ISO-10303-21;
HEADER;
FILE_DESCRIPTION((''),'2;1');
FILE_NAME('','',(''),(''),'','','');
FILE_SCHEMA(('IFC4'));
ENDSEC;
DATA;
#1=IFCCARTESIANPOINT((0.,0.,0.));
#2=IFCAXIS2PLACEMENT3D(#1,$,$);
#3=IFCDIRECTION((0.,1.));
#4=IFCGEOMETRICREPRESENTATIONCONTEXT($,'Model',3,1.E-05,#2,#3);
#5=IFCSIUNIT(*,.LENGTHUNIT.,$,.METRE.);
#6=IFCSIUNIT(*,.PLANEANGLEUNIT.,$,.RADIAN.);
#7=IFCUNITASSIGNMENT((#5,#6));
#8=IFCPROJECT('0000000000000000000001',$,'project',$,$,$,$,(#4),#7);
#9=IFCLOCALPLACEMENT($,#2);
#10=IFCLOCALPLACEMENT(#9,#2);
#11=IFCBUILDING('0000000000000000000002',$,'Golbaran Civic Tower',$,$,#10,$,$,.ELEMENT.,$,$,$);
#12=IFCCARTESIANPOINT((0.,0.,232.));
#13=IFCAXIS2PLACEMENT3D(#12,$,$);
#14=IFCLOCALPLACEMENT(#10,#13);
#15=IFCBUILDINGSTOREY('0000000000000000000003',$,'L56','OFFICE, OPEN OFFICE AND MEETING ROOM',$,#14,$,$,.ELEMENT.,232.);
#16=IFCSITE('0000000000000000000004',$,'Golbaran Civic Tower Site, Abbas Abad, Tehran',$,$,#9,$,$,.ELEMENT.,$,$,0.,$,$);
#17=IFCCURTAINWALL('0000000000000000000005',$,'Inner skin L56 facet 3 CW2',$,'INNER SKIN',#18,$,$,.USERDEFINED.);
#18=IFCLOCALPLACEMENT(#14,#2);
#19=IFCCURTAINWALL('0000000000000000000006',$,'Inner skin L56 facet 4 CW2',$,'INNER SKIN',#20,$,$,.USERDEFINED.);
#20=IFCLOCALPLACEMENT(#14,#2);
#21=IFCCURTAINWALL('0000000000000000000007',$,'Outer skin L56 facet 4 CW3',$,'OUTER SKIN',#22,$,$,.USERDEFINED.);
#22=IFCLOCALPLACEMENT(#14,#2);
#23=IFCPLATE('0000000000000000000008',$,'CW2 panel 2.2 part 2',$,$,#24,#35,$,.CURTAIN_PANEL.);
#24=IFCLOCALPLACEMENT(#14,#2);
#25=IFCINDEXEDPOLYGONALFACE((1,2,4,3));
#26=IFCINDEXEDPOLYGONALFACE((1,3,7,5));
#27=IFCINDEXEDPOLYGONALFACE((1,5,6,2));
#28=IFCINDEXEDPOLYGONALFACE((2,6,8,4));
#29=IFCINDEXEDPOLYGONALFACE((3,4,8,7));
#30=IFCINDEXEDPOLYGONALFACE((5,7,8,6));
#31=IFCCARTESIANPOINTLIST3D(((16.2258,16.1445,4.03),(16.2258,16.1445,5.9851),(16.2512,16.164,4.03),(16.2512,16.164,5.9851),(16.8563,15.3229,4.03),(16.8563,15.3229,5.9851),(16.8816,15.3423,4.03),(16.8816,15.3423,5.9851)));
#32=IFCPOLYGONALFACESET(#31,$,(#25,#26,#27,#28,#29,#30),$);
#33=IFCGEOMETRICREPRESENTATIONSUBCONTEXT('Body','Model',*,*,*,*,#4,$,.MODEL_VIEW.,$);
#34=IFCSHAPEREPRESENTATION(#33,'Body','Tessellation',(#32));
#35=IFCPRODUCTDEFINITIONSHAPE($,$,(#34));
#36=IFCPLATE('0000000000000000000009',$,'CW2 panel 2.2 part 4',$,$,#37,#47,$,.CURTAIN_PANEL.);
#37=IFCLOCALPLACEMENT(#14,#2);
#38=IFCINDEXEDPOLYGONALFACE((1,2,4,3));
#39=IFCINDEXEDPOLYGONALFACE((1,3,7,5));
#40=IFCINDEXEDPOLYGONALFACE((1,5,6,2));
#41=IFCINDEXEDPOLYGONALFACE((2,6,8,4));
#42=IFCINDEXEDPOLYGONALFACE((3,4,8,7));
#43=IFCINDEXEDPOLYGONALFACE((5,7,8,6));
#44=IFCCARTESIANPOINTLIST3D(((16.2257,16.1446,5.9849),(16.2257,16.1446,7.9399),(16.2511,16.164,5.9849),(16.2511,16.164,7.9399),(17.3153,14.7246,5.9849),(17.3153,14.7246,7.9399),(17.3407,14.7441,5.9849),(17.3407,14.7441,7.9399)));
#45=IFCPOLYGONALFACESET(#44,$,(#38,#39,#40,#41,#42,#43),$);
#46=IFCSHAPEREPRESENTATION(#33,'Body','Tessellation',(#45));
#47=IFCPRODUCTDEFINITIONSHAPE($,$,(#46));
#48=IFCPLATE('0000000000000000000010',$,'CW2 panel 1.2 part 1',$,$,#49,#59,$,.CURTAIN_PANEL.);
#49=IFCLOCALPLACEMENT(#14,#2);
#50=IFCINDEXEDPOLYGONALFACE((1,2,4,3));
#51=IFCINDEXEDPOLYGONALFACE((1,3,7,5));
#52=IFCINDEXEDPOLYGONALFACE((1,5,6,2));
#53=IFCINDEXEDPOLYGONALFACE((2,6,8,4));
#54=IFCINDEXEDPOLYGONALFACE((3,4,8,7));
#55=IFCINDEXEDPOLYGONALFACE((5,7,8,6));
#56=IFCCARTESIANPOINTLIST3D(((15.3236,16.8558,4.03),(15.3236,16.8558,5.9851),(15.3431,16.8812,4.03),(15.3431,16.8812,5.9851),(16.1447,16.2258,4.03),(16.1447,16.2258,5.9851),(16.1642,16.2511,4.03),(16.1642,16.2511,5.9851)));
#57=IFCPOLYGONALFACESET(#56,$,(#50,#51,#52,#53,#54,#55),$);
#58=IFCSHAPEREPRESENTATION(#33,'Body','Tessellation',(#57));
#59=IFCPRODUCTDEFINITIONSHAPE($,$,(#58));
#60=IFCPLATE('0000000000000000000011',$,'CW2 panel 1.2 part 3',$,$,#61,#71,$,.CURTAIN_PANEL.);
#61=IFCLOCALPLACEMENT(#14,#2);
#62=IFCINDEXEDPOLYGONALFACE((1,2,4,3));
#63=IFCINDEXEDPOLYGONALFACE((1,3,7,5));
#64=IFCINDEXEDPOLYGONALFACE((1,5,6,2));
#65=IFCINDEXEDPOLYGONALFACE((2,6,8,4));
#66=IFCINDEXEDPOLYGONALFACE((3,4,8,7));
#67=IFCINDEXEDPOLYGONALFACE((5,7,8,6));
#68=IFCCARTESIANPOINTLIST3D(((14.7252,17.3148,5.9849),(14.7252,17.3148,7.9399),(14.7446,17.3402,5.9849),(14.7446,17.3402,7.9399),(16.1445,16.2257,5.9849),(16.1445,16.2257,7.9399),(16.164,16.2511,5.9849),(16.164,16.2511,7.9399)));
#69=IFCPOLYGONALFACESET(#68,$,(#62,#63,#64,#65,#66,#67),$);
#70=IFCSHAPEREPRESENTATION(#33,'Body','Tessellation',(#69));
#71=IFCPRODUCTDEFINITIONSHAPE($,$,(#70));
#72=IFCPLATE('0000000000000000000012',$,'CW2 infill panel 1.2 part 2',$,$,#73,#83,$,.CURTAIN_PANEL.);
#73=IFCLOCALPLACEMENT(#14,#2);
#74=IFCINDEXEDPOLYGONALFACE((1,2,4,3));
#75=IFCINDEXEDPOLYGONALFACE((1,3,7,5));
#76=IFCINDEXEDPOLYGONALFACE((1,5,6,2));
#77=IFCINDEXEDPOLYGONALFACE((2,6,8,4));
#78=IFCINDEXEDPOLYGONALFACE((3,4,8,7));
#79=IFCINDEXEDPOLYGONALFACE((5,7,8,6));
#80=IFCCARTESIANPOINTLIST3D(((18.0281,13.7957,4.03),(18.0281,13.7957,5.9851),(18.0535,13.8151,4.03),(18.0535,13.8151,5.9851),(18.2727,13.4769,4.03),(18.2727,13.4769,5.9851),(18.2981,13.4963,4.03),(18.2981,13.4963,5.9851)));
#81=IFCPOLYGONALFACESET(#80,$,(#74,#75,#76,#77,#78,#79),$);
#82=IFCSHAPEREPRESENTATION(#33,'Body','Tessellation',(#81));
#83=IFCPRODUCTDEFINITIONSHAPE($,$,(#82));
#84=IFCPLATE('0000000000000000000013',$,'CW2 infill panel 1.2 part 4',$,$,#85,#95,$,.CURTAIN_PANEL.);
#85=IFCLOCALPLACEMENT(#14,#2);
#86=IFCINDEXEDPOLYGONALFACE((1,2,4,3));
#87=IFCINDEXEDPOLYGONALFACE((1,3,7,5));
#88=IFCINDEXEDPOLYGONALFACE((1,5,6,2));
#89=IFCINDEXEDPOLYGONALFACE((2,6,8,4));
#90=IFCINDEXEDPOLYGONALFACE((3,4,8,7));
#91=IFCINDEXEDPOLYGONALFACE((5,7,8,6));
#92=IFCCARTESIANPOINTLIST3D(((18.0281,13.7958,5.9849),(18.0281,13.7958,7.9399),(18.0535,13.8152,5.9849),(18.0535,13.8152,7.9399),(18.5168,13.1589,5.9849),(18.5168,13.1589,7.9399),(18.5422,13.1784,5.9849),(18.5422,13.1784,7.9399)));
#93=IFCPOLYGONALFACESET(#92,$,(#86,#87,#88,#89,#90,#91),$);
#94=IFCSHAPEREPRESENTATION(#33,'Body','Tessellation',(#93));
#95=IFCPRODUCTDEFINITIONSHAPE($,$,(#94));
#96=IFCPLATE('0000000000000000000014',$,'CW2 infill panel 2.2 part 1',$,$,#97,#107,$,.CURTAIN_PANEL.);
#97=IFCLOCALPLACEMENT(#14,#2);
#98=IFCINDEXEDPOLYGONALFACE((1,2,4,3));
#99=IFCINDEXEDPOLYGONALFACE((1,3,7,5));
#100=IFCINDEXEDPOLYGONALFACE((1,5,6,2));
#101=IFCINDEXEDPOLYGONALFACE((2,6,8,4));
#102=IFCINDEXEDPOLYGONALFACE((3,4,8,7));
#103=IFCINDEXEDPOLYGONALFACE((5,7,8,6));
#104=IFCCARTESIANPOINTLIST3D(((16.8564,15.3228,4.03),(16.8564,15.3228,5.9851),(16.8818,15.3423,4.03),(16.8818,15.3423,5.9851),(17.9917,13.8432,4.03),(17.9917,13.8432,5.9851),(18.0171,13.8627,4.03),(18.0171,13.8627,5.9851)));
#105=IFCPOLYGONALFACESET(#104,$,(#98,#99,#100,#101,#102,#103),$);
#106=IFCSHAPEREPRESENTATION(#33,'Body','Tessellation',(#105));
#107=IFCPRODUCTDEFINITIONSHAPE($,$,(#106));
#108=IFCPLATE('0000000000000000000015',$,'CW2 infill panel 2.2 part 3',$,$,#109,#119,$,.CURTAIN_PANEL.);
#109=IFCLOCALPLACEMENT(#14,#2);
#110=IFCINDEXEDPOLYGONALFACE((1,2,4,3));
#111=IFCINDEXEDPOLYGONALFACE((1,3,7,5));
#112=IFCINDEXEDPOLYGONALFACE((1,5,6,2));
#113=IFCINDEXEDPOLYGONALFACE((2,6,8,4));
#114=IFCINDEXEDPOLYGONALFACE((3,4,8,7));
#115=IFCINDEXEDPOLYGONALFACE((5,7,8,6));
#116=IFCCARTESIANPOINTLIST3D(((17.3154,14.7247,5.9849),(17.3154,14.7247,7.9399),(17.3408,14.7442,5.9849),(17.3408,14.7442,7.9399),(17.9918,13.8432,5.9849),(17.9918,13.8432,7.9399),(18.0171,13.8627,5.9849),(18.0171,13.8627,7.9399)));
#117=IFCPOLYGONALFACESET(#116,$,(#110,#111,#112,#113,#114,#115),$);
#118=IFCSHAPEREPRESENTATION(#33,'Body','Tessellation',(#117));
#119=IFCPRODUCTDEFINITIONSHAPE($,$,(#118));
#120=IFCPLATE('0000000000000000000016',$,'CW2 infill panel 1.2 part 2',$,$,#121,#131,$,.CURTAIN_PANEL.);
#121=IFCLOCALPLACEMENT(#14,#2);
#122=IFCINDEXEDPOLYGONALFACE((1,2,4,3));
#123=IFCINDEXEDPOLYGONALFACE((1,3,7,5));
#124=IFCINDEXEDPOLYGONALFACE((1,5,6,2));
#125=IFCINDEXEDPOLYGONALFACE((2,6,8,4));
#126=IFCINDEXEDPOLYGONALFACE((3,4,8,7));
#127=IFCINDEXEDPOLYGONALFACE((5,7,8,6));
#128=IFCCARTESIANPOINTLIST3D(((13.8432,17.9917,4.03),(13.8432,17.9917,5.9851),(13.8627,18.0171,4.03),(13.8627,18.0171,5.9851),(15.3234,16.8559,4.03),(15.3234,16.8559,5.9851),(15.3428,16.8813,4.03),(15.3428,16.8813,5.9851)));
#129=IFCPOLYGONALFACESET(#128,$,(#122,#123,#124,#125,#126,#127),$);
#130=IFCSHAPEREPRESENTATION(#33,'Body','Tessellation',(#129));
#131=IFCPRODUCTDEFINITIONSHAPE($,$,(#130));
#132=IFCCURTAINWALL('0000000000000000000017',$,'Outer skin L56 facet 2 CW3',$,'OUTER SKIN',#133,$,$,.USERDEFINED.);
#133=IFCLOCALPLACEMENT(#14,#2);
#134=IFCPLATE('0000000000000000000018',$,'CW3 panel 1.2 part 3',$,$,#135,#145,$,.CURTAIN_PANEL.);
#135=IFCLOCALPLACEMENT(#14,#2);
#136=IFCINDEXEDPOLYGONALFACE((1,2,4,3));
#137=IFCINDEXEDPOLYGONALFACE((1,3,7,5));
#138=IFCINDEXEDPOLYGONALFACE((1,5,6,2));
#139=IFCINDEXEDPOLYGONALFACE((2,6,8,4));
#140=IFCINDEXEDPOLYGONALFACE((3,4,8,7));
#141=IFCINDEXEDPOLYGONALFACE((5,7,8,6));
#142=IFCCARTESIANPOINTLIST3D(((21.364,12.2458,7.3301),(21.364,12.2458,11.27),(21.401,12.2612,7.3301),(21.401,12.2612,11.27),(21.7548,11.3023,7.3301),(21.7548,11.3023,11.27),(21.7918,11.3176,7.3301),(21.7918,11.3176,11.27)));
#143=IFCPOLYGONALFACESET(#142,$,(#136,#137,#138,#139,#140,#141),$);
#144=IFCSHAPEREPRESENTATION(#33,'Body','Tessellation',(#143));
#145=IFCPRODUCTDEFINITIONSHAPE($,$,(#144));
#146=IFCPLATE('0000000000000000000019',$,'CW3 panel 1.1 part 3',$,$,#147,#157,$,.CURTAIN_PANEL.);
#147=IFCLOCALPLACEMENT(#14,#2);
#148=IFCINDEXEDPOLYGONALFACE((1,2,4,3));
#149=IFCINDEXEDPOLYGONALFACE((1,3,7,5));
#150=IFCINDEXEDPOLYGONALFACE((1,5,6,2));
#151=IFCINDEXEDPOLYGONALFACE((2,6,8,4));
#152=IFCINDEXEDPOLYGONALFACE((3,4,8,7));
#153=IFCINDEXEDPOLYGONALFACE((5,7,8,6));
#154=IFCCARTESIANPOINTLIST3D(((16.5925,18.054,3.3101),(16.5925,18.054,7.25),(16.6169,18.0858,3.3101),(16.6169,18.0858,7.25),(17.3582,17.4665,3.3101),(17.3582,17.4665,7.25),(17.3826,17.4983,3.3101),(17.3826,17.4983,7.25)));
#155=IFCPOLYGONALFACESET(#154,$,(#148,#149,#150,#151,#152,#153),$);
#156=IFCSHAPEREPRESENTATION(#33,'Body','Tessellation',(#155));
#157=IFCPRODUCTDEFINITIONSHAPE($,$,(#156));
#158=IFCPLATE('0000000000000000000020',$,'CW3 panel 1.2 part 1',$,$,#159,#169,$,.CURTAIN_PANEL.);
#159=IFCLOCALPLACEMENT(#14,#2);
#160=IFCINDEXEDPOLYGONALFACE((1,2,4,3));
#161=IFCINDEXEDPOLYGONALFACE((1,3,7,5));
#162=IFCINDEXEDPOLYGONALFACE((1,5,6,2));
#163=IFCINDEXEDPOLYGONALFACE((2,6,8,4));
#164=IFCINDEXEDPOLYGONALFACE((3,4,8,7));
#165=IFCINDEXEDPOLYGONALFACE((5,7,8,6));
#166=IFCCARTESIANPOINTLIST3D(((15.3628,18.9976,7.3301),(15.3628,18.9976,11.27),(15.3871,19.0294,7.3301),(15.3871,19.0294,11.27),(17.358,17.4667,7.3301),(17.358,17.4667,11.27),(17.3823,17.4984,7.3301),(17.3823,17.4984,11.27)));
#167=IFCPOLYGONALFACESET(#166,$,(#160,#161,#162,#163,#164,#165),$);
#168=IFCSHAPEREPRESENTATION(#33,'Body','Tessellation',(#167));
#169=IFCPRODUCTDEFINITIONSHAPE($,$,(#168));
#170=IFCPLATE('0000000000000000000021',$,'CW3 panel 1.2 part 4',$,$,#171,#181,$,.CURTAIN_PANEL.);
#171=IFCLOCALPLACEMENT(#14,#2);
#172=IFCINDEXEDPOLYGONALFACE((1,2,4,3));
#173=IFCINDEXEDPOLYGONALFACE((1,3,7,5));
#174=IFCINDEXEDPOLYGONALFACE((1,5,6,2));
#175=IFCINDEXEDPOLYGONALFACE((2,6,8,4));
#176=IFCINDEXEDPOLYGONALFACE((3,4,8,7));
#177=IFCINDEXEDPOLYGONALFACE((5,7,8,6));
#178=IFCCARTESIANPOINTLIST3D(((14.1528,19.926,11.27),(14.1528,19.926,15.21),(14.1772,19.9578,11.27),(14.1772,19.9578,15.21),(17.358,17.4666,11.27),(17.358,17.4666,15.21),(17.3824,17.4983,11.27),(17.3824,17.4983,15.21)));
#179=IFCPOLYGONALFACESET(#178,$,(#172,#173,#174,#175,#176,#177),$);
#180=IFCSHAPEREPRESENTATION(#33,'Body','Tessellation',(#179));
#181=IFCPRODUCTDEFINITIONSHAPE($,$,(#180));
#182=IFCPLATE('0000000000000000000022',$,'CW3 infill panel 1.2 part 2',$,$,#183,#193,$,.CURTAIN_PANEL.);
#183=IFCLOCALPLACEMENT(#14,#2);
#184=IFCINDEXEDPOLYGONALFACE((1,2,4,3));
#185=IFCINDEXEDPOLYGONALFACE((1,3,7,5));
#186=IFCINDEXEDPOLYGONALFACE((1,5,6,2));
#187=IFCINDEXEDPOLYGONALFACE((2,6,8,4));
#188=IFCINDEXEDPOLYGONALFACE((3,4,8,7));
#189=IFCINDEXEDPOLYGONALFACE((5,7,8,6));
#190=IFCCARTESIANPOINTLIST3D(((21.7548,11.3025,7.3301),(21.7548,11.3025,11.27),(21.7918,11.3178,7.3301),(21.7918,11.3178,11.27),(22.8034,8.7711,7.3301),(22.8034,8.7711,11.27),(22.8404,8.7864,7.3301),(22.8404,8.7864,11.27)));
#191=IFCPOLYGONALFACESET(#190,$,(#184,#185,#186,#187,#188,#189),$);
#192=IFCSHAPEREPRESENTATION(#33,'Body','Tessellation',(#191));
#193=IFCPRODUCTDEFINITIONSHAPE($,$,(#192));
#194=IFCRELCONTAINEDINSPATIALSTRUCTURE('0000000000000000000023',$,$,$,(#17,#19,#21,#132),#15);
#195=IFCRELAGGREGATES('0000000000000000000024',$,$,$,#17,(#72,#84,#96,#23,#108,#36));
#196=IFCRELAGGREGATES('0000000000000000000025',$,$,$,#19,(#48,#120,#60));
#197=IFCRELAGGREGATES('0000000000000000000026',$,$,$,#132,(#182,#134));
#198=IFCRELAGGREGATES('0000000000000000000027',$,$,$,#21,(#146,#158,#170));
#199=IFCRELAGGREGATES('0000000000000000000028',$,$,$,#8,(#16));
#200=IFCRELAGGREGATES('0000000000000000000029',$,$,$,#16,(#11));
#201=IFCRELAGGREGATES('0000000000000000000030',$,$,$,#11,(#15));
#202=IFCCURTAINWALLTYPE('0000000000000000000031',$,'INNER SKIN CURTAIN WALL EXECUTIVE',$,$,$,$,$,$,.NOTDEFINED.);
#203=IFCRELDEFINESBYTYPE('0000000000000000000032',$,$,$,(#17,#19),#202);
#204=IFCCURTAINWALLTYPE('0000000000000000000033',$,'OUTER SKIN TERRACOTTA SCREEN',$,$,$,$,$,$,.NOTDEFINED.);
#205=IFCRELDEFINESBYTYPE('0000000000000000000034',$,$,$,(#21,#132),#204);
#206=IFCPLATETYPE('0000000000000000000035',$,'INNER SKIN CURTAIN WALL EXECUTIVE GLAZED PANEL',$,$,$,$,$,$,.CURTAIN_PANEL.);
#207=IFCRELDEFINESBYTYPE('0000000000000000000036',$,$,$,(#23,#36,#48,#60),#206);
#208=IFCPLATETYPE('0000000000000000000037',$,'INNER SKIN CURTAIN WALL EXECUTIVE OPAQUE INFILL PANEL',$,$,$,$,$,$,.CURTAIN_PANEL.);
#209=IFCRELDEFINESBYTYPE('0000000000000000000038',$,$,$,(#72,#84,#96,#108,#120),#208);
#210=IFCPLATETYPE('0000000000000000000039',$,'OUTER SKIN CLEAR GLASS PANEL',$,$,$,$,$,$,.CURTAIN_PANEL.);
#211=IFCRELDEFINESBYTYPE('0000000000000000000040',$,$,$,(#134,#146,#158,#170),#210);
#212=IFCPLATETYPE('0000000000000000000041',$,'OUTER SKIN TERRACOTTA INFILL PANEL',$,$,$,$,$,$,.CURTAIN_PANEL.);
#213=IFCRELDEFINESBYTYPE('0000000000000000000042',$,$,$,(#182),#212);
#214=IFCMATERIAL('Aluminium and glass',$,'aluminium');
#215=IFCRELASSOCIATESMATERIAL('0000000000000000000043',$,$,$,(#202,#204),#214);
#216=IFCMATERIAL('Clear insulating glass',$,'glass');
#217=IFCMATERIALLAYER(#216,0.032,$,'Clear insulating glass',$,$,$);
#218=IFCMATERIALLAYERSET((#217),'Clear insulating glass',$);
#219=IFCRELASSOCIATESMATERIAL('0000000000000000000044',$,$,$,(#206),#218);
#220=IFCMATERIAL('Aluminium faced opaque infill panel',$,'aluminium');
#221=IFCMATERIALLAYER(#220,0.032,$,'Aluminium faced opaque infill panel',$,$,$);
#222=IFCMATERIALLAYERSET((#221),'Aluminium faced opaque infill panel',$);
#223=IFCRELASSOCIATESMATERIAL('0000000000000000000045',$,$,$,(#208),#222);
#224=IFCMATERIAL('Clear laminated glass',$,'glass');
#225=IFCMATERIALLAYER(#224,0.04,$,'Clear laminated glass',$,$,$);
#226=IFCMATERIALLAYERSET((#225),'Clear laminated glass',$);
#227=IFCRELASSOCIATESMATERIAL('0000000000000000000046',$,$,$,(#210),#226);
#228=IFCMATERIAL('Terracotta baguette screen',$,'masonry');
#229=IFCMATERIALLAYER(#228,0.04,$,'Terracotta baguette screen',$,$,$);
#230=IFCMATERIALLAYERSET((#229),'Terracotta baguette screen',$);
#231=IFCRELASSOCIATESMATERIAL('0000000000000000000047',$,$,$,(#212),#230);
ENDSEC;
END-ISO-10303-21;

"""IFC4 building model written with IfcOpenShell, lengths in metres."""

from ifc_helpers import new_model, si_unit, direction, frame, origin, origin_2d, place, context, subcontext, project, spatial, rectangle, extrude, material, layer, layer_set, type_object, element, aggregate, save


model = new_model("IFC4")

# Units and contexts
model_context = context("Model", 3, precision=1e-05, world=origin(), true_north=direction((0.0, 1.0)))
body_context = subcontext(model_context, "Body", "Model", "MODEL_VIEW")
ifc_project = project(units=[si_unit("LENGTHUNIT", "METRE"), si_unit("PLANEANGLEUNIT", "RADIAN")], contexts=[model_context])

# Site, building, storey
site_placement = place(None, origin())
site = spatial("IfcSite", under=ifc_project, at=site_placement, Name="Golbaran Civic Tower Site, Abbas Abad, Tehran", CompositionType="ELEMENT", RefElevation=0.0)
building_placement = place(site_placement, origin())
building = spatial("IfcBuilding", under=site, at=building_placement, Name="Golbaran Civic Tower", CompositionType="ELEMENT")
storey_placement = place(building_placement, frame((0.0, 0.0, 232.0)))
storey = spatial("IfcBuildingStorey", under=building, at=storey_placement, Name="L56", Description="OFFICE, OPEN OFFICE AND MEETING ROOM", CompositionType="ELEMENT", Elevation=232.0)

# Curtain walls
ifc_material_1 = material(Name="Aluminium and glass", Category="aluminium")
curtain_wall_type_1 = type_object("IfcCurtainWallType", Name="INNER SKIN CURTAIN WALL EXECUTIVE", PredefinedType="NOTDEFINED", material=ifc_material_1)
curtain_wall_1_placement = place(storey_placement, origin())
curtain_wall_1 = element("IfcCurtainWall", 1, at=curtain_wall_1_placement, inside=storey, type_object=curtain_wall_type_1, Name="Inner skin L56 facet 3 CW2", ObjectType="INNER SKIN", PredefinedType="USERDEFINED")
curtain_wall_2_placement = place(storey_placement, origin())
curtain_wall_2 = element("IfcCurtainWall", 2, at=curtain_wall_2_placement, inside=storey, type_object=curtain_wall_type_1, Name="Inner skin L56 facet 4 CW2", ObjectType="INNER SKIN", PredefinedType="USERDEFINED")
curtain_wall_type_2 = type_object("IfcCurtainWallType", Name="OUTER SKIN TERRACOTTA SCREEN", PredefinedType="NOTDEFINED", material=ifc_material_1)
curtain_wall_3_placement = place(storey_placement, origin())
curtain_wall_3 = element("IfcCurtainWall", 3, at=curtain_wall_3_placement, inside=storey, type_object=curtain_wall_type_2, Name="Outer skin L56 facet 4 CW3", ObjectType="OUTER SKIN", PredefinedType="USERDEFINED")

# Shared definitions
ifc_material_2 = material(Name="Clear insulating glass", Category="glass")
ifc_layer_1 = layer(ifc_material_2, 0.032, Name="Clear insulating glass")
ifc_layer_set_1 = layer_set([ifc_layer_1], Name="Clear insulating glass")
plate_type_1 = type_object("IfcPlateType", Name="INNER SKIN CURTAIN WALL EXECUTIVE GLAZED PANEL", PredefinedType="CURTAIN_PANEL", material=ifc_layer_set_1)

# Plates
plate_1_placement = place(storey_placement, frame((16.5537, 15.7434, 4.03), z_axis=(0.0, 0.0, 1.0), x_axis=(-0.608761, 0.793353, 0.0)))
plate_1 = element("IfcPlate", 4, at=plate_1_placement, type_object=plate_type_1, Name="CW2 panel 2.2 part 2", PredefinedType="CURTAIN_PANEL", context=body_context, shape_type="SweptSolid", body=[
    extrude(rectangle(XDim=1.0356, YDim=0.032, at=origin_2d()), origin(), (0.0, 0.0, 1.0), 1.9551),
])
plate_2_placement = place(storey_placement, frame((16.7832, 15.4443, 5.9849), z_axis=(0.0, 0.0, 1.0), x_axis=(-0.608761, 0.793353, 0.0)))
plate_2 = element("IfcPlate", 5, at=plate_2_placement, type_object=plate_type_1, Name="CW2 panel 2.2 part 4", PredefinedType="CURTAIN_PANEL", context=body_context, shape_type="SweptSolid", body=[
    extrude(rectangle(XDim=1.7898, YDim=0.032, at=origin_2d()), origin(), (0.0, 0.0, 1.0), 1.9551),
])
plate_3_placement = place(storey_placement, frame((15.7439, 16.5535, 4.03), z_axis=(0.0, 0.0, 1.0), x_axis=(-0.793353, 0.608761, 0.0)))
plate_3 = element("IfcPlate", 6, at=plate_3_placement, type_object=plate_type_1, Name="CW2 panel 1.2 part 1", PredefinedType="CURTAIN_PANEL", context=body_context, shape_type="SweptSolid", body=[
    extrude(rectangle(XDim=1.0349, YDim=0.032, at=origin_2d()), origin(), (0.0, 0.0, 1.0), 1.9551),
])
plate_4_placement = place(storey_placement, frame((15.4446, 16.783, 5.9849), z_axis=(0.0, 0.0, 1.0), x_axis=(-0.793353, 0.608761, 0.0)))
plate_4 = element("IfcPlate", 7, at=plate_4_placement, type_object=plate_type_1, Name="CW2 panel 1.2 part 3", PredefinedType="CURTAIN_PANEL", context=body_context, shape_type="SweptSolid", body=[
    extrude(rectangle(XDim=1.7891, YDim=0.032, at=origin_2d()), origin(), (0.0, 0.0, 1.0), 1.9551),
])
ifc_material_3 = material(Name="Aluminium faced opaque infill panel", Category="aluminium")
ifc_layer_2 = layer(ifc_material_3, 0.032, Name="Aluminium faced opaque infill panel")
ifc_layer_set_2 = layer_set([ifc_layer_2], Name="Aluminium faced opaque infill panel")
plate_type_2 = type_object("IfcPlateType", Name="INNER SKIN CURTAIN WALL EXECUTIVE OPAQUE INFILL PANEL", PredefinedType="CURTAIN_PANEL", material=ifc_layer_set_2)
plate_5_placement = place(storey_placement, frame((18.1631, 13.646, 4.03), z_axis=(0.0, 0.0, 1.0), x_axis=(-0.608761, 0.793353, 0.0)))
plate_5 = element("IfcPlate", 8, at=plate_5_placement, type_object=plate_type_2, Name="CW2 infill panel 1.2 part 2", PredefinedType="CURTAIN_PANEL", context=body_context, shape_type="SweptSolid", body=[
    extrude(rectangle(XDim=0.4019, YDim=0.032, at=origin_2d()), origin(), (0.0, 0.0, 1.0), 1.9551),
])
plate_6_placement = place(storey_placement, frame((18.2852, 13.4871, 5.9849), z_axis=(0.0, 0.0, 1.0), x_axis=(-0.608761, 0.793353, 0.0)))
plate_6 = element("IfcPlate", 9, at=plate_6_placement, type_object=plate_type_2, Name="CW2 infill panel 1.2 part 4", PredefinedType="CURTAIN_PANEL", context=body_context, shape_type="SweptSolid", body=[
    extrude(rectangle(XDim=0.8027, YDim=0.032, at=origin_2d()), origin(), (0.0, 0.0, 1.0), 1.9551),
])
plate_7_placement = place(storey_placement, frame((17.4368, 14.5928, 4.03), z_axis=(0.0, 0.0, 1.0), x_axis=(-0.608761, 0.793353, 0.0)))
plate_7 = element("IfcPlate", 10, at=plate_7_placement, type_object=plate_type_2, Name="CW2 infill panel 2.2 part 1", PredefinedType="CURTAIN_PANEL", context=body_context, shape_type="SweptSolid", body=[
    extrude(rectangle(XDim=1.865, YDim=0.032, at=origin_2d()), origin(), (0.0, 0.0, 1.0), 1.9551),
])
plate_8_placement = place(storey_placement, frame((17.6663, 14.2937, 5.9849), z_axis=(0.0, 0.0, 1.0), x_axis=(-0.608761, 0.793353, 0.0)))
plate_8 = element("IfcPlate", 11, at=plate_8_placement, type_object=plate_type_2, Name="CW2 infill panel 2.2 part 3", PredefinedType="CURTAIN_PANEL", context=body_context, shape_type="SweptSolid", body=[
    extrude(rectangle(XDim=1.1111, YDim=0.032, at=origin_2d()), origin(), (0.0, 0.0, 1.0), 1.9551),
])
aggregate(curtain_wall_1, [plate_5, plate_6, plate_7, plate_1, plate_8, plate_2])
plate_9_placement = place(storey_placement, frame((14.593, 17.4365, 4.03), z_axis=(0.0, 0.0, 1.0), x_axis=(-0.793353, 0.608761, 0.0)))
plate_9 = element("IfcPlate", 12, at=plate_9_placement, type_object=plate_type_2, Name="CW2 infill panel 1.2 part 2", PredefinedType="CURTAIN_PANEL", context=body_context, shape_type="SweptSolid", body=[
    extrude(rectangle(XDim=1.8657, YDim=0.032, at=origin_2d()), origin(), (0.0, 0.0, 1.0), 1.9551),
])
aggregate(curtain_wall_2, [plate_3, plate_9, plate_4])

# Curtain wall, plate
curtain_wall_4_placement = place(storey_placement, origin())
curtain_wall_4 = element("IfcCurtainWall", 13, at=curtain_wall_4_placement, inside=storey, type_object=curtain_wall_type_2, Name="Outer skin L56 facet 2 CW3", ObjectType="OUTER SKIN", PredefinedType="USERDEFINED")
ifc_material_4 = material(Name="Clear laminated glass", Category="glass")
ifc_layer_3 = layer(ifc_material_4, 0.04, Name="Clear laminated glass")
ifc_layer_set_3 = layer_set([ifc_layer_3], Name="Clear laminated glass")
plate_type_3 = type_object("IfcPlateType", Name="OUTER SKIN CLEAR GLASS PANEL", PredefinedType="CURTAIN_PANEL", material=ifc_layer_set_3)
plate_10_placement = place(storey_placement, frame((21.5779, 11.7817, 7.3301), z_axis=(0.0, 0.0, 1.0), x_axis=(-0.382683, 0.92388, 0.0)))
plate_10 = element("IfcPlate", 14, at=plate_10_placement, type_object=plate_type_3, Name="CW3 panel 1.2 part 3", PredefinedType="CURTAIN_PANEL", context=body_context, shape_type="SweptSolid", body=[
    extrude(rectangle(XDim=1.0212, YDim=0.04, at=origin_2d()), origin(), (0.0, 0.0, 1.0), 3.9399),
])

# Plates
plate_11_placement = place(storey_placement, frame((16.9875, 17.7761, 3.3101), z_axis=(0.0, 0.0, 1.0), x_axis=(-0.793353, 0.608761, 0.0)))
plate_11 = element("IfcPlate", 15, at=plate_11_placement, type_object=plate_type_3, Name="CW3 panel 1.1 part 3", PredefinedType="CURTAIN_PANEL", context=body_context, shape_type="SweptSolid", body=[
    extrude(rectangle(XDim=0.9651, YDim=0.04, at=origin_2d()), origin(), (0.0, 0.0, 1.0), 3.9399),
])
plate_12_placement = place(storey_placement, frame((16.3726, 18.248, 7.3301), z_axis=(0.0, 0.0, 1.0), x_axis=(-0.793353, 0.608761, 0.0)))
plate_12 = element("IfcPlate", 16, at=plate_12_placement, type_object=plate_type_3, Name="CW3 panel 1.2 part 1", PredefinedType="CURTAIN_PANEL", context=body_context, shape_type="SweptSolid", body=[
    extrude(rectangle(XDim=2.5149, YDim=0.04, at=origin_2d()), origin(), (0.0, 0.0, 1.0), 3.9399),
])
plate_13_placement = place(storey_placement, frame((15.7676, 18.7122, 11.27), z_axis=(0.0, 0.0, 1.0), x_axis=(-0.793353, 0.608761, 0.0)))
plate_13 = element("IfcPlate", 17, at=plate_13_placement, type_object=plate_type_3, Name="CW3 panel 1.2 part 4", PredefinedType="CURTAIN_PANEL", context=body_context, shape_type="SweptSolid", body=[
    extrude(rectangle(XDim=4.04, YDim=0.04, at=origin_2d()), origin(), (0.0, 0.0, 1.0), 3.9399),
])
ifc_material_5 = material(Name="Terracotta baguette screen", Category="masonry")
ifc_layer_4 = layer(ifc_material_5, 0.04, Name="Terracotta baguette screen")
ifc_layer_set_4 = layer_set([ifc_layer_4], Name="Terracotta baguette screen")
plate_type_4 = type_object("IfcPlateType", Name="OUTER SKIN TERRACOTTA INFILL PANEL", PredefinedType="CURTAIN_PANEL", material=ifc_layer_set_4)
plate_14_placement = place(storey_placement, frame((22.2976, 10.0444, 7.3301), z_axis=(0.0, 0.0, 1.0), x_axis=(-0.382683, 0.92388, 0.0)))
plate_14 = element("IfcPlate", 18, at=plate_14_placement, type_object=plate_type_4, Name="CW3 infill panel 1.2 part 2", PredefinedType="CURTAIN_PANEL", context=body_context, shape_type="SweptSolid", body=[
    extrude(rectangle(XDim=2.74, YDim=0.04, at=origin_2d()), origin(), (0.0, 0.0, 1.0), 3.9399),
])
aggregate(curtain_wall_4, [plate_14, plate_10])
aggregate(curtain_wall_3, [plate_11, plate_12, plate_13])

save(model, "model.ifc")
